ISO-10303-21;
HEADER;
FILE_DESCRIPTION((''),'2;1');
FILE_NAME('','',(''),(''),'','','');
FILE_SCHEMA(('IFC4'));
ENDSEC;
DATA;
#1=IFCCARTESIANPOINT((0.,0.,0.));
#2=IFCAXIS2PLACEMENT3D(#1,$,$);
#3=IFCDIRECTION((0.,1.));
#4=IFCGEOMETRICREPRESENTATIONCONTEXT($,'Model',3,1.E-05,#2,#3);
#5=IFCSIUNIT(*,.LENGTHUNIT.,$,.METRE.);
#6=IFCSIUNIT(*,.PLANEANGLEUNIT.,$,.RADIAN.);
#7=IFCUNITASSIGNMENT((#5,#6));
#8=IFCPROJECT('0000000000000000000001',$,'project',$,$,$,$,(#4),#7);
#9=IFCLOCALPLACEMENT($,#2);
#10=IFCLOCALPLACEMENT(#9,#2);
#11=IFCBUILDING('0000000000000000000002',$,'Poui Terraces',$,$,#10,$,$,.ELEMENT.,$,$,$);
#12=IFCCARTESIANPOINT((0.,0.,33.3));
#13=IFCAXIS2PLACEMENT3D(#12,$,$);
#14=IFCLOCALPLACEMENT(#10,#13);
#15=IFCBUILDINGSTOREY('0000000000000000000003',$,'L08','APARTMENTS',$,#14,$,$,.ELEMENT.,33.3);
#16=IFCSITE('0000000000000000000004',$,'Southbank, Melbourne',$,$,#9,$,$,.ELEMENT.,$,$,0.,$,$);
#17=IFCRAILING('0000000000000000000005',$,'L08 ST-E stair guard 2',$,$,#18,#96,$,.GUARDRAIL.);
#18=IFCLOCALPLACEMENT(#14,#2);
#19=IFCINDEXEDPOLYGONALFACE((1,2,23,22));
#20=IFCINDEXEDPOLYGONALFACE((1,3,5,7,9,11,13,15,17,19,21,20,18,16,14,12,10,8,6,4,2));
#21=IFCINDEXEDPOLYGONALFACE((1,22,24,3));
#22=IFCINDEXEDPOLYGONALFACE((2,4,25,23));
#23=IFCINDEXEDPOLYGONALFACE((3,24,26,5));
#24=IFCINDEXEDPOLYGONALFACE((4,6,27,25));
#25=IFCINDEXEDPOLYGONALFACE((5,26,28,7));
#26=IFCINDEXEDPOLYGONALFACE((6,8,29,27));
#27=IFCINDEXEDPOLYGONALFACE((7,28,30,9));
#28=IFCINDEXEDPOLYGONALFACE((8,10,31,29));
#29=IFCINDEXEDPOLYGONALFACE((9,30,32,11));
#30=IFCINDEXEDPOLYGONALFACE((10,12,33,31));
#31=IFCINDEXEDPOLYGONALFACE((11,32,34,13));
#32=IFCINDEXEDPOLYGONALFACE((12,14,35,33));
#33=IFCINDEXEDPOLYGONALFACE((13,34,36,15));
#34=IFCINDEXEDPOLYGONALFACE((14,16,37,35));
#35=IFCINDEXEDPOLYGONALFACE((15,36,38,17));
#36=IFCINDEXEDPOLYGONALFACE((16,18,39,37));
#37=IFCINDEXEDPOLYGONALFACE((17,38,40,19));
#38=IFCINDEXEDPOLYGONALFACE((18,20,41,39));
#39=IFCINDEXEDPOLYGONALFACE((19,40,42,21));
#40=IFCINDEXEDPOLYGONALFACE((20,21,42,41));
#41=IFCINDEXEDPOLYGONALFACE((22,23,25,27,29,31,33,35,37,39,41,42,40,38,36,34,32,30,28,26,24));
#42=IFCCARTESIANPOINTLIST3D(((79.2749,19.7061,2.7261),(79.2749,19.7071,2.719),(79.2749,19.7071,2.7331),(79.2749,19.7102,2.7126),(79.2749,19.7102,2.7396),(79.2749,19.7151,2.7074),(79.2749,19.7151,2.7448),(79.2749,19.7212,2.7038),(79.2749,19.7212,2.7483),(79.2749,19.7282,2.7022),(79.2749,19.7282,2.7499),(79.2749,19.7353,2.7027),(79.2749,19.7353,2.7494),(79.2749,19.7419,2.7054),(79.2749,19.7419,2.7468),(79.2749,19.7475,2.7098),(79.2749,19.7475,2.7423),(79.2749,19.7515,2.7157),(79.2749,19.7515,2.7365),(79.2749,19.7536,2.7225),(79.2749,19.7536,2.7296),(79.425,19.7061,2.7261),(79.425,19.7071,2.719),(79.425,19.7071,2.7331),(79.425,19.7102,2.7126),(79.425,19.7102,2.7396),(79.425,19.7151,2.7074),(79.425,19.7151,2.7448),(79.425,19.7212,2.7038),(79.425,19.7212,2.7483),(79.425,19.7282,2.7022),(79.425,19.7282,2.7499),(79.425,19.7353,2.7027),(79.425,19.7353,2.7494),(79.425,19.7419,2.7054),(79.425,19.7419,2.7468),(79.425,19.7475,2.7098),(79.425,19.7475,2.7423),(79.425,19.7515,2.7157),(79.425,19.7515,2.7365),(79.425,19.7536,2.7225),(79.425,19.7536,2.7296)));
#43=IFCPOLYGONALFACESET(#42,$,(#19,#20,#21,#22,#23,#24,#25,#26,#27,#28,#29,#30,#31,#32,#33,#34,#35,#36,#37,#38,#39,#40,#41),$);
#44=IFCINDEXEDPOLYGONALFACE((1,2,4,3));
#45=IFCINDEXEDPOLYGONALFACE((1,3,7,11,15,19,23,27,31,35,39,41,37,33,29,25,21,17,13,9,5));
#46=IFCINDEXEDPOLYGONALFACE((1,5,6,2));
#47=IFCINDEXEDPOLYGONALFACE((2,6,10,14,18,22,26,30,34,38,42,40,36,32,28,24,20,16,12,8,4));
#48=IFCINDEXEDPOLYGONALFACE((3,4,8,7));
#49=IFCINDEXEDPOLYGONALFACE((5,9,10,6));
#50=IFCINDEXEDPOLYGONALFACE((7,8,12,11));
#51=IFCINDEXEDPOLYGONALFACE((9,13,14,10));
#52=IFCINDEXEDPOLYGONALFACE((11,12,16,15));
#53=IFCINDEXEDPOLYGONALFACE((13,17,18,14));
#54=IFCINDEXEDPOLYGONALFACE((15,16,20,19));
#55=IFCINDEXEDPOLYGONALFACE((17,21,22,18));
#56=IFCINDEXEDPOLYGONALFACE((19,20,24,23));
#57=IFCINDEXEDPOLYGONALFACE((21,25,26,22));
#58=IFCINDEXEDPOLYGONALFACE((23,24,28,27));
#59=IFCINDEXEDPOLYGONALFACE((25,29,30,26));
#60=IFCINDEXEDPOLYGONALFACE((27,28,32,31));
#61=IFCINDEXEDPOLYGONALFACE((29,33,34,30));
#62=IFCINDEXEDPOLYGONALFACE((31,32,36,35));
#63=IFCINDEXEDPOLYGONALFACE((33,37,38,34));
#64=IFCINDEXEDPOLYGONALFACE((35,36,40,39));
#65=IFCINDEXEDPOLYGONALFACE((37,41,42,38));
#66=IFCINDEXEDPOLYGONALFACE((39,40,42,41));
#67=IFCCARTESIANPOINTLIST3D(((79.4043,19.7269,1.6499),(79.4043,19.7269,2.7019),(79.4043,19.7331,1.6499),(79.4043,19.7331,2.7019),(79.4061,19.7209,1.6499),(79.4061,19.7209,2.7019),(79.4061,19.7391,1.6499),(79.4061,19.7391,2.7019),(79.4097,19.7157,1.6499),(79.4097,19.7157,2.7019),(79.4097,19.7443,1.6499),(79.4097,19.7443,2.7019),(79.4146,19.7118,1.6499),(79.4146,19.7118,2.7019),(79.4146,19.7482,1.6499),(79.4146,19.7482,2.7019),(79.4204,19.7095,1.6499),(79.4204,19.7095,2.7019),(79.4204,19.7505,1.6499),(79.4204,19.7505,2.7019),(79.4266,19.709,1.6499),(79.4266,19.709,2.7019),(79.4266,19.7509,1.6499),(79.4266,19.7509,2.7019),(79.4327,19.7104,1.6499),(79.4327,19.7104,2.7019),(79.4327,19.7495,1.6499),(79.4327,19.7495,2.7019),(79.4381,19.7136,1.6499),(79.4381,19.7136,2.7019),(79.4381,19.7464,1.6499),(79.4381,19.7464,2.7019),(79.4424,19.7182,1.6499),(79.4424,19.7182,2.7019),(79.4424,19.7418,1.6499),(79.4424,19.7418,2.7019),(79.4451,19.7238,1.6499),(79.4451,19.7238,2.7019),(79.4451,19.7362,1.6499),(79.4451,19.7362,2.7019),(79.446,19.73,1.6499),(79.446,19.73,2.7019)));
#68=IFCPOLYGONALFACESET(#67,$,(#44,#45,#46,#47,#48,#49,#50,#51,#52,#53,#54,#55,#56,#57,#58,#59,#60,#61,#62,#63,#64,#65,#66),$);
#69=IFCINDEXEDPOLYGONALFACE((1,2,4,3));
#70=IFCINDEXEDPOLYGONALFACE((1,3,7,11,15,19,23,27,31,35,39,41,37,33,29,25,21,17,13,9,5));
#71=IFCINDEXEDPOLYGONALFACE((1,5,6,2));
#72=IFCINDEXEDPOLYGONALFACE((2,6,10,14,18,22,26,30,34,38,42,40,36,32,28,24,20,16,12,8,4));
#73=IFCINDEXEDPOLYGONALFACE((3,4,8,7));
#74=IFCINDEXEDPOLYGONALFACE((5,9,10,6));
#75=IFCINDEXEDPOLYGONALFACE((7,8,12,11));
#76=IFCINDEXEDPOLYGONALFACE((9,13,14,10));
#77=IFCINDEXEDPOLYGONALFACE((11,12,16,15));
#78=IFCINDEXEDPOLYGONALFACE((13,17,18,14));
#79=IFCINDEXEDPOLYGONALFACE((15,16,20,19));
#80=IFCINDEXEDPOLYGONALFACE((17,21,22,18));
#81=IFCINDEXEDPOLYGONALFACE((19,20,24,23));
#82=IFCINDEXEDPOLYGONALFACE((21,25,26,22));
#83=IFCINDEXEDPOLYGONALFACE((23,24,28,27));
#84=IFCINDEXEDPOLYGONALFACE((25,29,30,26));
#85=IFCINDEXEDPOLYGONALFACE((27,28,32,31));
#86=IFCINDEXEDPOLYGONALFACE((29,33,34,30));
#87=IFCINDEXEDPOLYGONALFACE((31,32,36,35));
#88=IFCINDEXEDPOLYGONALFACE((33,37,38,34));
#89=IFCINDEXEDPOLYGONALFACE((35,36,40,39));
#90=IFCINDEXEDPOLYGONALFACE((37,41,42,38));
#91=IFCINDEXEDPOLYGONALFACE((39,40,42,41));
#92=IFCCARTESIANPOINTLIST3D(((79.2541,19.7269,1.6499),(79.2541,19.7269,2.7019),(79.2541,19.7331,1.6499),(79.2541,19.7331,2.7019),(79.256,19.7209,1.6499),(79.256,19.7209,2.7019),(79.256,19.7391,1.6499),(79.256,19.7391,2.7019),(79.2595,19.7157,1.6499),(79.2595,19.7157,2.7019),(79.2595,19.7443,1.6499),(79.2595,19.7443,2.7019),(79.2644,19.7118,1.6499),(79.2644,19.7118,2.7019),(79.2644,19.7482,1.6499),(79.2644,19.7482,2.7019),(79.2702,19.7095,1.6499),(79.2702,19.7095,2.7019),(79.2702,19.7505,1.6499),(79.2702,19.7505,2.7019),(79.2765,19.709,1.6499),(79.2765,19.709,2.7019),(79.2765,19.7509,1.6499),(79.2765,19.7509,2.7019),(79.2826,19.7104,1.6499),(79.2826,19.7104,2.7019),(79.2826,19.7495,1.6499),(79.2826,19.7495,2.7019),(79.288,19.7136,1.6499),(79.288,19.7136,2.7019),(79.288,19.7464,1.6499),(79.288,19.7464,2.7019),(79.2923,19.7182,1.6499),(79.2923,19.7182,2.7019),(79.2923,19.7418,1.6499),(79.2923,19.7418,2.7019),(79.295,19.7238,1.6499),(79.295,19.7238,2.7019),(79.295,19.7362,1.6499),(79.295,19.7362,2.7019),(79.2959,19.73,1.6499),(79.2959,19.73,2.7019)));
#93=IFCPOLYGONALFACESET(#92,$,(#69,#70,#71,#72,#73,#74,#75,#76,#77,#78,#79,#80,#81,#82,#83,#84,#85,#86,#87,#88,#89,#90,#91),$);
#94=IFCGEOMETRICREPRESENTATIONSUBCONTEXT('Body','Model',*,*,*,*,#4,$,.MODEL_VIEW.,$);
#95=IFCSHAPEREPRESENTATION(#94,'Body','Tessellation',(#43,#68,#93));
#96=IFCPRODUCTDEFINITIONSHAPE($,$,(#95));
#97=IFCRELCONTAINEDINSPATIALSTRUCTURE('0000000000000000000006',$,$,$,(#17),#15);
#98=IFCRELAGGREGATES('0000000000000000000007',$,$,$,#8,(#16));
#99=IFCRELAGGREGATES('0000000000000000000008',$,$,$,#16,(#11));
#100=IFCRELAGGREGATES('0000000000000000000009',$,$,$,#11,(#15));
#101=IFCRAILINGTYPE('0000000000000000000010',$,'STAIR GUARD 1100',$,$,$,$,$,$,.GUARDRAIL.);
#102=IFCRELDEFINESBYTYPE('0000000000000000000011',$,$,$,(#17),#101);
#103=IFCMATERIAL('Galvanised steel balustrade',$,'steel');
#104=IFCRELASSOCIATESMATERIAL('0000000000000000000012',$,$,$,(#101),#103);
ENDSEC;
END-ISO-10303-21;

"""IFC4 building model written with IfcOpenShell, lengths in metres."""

from ifc_helpers import new_model, si_unit, direction, frame, origin, origin_2d, place, context, subcontext, project, spatial, circle, extrude, material, type_object, element, save


model = new_model("IFC4")

# Units and contexts
model_context = context("Model", 3, precision=1e-05, world=origin(), true_north=direction((0.0, 1.0)))
body_context = subcontext(model_context, "Body", "Model", "MODEL_VIEW")
ifc_project = project(units=[si_unit("LENGTHUNIT", "METRE"), si_unit("PLANEANGLEUNIT", "RADIAN")], contexts=[model_context])

# Site, building, storey
site_placement = place(None, origin())
site = spatial("IfcSite", under=ifc_project, at=site_placement, Name="Southbank, Melbourne", CompositionType="ELEMENT", RefElevation=0.0)
building_placement = place(site_placement, origin())
building = spatial("IfcBuilding", under=site, at=building_placement, Name="Poui Terraces", CompositionType="ELEMENT")
storey_placement = place(building_placement, frame((0.0, 0.0, 33.3)))
storey = spatial("IfcBuildingStorey", under=building, at=storey_placement, Name="L08", Description="APARTMENTS", CompositionType="ELEMENT", Elevation=33.3)

# Railing
ifc_material_1 = material(Name="Galvanised steel balustrade", Category="steel")
railing_type_1 = type_object("IfcRailingType", Name="STAIR GUARD 1100", PredefinedType="GUARDRAIL", material=ifc_material_1)
railing_1_placement = place(storey_placement, frame((79.425, 19.73, 1.6499)))
element("IfcRailing", 1, at=railing_1_placement, inside=storey, type_object=railing_type_1, Name="L08 ST-E stair guard 2", PredefinedType="GUARDRAIL", context=body_context, shape_type="SweptSolid", body=[
    extrude(circle(Radius=0.0239, at=origin_2d()), frame((0.0, 0.0, 1.0762), z_axis=(-1.0, 0.0, 0.0), x_axis=(0.0, -1.0, 0.0)), (0.0, 0.0, 1.0), 0.1501),
    extrude(circle(Radius=0.021, at=origin_2d()), origin(), (0.0, 0.0, 1.0), 1.052),
    extrude(circle(Radius=0.021, at=origin_2d()), frame((-0.1501, 0.0, 0.0)), (0.0, 0.0, 1.0), 1.052),
])

save(model, "model.ifc")
